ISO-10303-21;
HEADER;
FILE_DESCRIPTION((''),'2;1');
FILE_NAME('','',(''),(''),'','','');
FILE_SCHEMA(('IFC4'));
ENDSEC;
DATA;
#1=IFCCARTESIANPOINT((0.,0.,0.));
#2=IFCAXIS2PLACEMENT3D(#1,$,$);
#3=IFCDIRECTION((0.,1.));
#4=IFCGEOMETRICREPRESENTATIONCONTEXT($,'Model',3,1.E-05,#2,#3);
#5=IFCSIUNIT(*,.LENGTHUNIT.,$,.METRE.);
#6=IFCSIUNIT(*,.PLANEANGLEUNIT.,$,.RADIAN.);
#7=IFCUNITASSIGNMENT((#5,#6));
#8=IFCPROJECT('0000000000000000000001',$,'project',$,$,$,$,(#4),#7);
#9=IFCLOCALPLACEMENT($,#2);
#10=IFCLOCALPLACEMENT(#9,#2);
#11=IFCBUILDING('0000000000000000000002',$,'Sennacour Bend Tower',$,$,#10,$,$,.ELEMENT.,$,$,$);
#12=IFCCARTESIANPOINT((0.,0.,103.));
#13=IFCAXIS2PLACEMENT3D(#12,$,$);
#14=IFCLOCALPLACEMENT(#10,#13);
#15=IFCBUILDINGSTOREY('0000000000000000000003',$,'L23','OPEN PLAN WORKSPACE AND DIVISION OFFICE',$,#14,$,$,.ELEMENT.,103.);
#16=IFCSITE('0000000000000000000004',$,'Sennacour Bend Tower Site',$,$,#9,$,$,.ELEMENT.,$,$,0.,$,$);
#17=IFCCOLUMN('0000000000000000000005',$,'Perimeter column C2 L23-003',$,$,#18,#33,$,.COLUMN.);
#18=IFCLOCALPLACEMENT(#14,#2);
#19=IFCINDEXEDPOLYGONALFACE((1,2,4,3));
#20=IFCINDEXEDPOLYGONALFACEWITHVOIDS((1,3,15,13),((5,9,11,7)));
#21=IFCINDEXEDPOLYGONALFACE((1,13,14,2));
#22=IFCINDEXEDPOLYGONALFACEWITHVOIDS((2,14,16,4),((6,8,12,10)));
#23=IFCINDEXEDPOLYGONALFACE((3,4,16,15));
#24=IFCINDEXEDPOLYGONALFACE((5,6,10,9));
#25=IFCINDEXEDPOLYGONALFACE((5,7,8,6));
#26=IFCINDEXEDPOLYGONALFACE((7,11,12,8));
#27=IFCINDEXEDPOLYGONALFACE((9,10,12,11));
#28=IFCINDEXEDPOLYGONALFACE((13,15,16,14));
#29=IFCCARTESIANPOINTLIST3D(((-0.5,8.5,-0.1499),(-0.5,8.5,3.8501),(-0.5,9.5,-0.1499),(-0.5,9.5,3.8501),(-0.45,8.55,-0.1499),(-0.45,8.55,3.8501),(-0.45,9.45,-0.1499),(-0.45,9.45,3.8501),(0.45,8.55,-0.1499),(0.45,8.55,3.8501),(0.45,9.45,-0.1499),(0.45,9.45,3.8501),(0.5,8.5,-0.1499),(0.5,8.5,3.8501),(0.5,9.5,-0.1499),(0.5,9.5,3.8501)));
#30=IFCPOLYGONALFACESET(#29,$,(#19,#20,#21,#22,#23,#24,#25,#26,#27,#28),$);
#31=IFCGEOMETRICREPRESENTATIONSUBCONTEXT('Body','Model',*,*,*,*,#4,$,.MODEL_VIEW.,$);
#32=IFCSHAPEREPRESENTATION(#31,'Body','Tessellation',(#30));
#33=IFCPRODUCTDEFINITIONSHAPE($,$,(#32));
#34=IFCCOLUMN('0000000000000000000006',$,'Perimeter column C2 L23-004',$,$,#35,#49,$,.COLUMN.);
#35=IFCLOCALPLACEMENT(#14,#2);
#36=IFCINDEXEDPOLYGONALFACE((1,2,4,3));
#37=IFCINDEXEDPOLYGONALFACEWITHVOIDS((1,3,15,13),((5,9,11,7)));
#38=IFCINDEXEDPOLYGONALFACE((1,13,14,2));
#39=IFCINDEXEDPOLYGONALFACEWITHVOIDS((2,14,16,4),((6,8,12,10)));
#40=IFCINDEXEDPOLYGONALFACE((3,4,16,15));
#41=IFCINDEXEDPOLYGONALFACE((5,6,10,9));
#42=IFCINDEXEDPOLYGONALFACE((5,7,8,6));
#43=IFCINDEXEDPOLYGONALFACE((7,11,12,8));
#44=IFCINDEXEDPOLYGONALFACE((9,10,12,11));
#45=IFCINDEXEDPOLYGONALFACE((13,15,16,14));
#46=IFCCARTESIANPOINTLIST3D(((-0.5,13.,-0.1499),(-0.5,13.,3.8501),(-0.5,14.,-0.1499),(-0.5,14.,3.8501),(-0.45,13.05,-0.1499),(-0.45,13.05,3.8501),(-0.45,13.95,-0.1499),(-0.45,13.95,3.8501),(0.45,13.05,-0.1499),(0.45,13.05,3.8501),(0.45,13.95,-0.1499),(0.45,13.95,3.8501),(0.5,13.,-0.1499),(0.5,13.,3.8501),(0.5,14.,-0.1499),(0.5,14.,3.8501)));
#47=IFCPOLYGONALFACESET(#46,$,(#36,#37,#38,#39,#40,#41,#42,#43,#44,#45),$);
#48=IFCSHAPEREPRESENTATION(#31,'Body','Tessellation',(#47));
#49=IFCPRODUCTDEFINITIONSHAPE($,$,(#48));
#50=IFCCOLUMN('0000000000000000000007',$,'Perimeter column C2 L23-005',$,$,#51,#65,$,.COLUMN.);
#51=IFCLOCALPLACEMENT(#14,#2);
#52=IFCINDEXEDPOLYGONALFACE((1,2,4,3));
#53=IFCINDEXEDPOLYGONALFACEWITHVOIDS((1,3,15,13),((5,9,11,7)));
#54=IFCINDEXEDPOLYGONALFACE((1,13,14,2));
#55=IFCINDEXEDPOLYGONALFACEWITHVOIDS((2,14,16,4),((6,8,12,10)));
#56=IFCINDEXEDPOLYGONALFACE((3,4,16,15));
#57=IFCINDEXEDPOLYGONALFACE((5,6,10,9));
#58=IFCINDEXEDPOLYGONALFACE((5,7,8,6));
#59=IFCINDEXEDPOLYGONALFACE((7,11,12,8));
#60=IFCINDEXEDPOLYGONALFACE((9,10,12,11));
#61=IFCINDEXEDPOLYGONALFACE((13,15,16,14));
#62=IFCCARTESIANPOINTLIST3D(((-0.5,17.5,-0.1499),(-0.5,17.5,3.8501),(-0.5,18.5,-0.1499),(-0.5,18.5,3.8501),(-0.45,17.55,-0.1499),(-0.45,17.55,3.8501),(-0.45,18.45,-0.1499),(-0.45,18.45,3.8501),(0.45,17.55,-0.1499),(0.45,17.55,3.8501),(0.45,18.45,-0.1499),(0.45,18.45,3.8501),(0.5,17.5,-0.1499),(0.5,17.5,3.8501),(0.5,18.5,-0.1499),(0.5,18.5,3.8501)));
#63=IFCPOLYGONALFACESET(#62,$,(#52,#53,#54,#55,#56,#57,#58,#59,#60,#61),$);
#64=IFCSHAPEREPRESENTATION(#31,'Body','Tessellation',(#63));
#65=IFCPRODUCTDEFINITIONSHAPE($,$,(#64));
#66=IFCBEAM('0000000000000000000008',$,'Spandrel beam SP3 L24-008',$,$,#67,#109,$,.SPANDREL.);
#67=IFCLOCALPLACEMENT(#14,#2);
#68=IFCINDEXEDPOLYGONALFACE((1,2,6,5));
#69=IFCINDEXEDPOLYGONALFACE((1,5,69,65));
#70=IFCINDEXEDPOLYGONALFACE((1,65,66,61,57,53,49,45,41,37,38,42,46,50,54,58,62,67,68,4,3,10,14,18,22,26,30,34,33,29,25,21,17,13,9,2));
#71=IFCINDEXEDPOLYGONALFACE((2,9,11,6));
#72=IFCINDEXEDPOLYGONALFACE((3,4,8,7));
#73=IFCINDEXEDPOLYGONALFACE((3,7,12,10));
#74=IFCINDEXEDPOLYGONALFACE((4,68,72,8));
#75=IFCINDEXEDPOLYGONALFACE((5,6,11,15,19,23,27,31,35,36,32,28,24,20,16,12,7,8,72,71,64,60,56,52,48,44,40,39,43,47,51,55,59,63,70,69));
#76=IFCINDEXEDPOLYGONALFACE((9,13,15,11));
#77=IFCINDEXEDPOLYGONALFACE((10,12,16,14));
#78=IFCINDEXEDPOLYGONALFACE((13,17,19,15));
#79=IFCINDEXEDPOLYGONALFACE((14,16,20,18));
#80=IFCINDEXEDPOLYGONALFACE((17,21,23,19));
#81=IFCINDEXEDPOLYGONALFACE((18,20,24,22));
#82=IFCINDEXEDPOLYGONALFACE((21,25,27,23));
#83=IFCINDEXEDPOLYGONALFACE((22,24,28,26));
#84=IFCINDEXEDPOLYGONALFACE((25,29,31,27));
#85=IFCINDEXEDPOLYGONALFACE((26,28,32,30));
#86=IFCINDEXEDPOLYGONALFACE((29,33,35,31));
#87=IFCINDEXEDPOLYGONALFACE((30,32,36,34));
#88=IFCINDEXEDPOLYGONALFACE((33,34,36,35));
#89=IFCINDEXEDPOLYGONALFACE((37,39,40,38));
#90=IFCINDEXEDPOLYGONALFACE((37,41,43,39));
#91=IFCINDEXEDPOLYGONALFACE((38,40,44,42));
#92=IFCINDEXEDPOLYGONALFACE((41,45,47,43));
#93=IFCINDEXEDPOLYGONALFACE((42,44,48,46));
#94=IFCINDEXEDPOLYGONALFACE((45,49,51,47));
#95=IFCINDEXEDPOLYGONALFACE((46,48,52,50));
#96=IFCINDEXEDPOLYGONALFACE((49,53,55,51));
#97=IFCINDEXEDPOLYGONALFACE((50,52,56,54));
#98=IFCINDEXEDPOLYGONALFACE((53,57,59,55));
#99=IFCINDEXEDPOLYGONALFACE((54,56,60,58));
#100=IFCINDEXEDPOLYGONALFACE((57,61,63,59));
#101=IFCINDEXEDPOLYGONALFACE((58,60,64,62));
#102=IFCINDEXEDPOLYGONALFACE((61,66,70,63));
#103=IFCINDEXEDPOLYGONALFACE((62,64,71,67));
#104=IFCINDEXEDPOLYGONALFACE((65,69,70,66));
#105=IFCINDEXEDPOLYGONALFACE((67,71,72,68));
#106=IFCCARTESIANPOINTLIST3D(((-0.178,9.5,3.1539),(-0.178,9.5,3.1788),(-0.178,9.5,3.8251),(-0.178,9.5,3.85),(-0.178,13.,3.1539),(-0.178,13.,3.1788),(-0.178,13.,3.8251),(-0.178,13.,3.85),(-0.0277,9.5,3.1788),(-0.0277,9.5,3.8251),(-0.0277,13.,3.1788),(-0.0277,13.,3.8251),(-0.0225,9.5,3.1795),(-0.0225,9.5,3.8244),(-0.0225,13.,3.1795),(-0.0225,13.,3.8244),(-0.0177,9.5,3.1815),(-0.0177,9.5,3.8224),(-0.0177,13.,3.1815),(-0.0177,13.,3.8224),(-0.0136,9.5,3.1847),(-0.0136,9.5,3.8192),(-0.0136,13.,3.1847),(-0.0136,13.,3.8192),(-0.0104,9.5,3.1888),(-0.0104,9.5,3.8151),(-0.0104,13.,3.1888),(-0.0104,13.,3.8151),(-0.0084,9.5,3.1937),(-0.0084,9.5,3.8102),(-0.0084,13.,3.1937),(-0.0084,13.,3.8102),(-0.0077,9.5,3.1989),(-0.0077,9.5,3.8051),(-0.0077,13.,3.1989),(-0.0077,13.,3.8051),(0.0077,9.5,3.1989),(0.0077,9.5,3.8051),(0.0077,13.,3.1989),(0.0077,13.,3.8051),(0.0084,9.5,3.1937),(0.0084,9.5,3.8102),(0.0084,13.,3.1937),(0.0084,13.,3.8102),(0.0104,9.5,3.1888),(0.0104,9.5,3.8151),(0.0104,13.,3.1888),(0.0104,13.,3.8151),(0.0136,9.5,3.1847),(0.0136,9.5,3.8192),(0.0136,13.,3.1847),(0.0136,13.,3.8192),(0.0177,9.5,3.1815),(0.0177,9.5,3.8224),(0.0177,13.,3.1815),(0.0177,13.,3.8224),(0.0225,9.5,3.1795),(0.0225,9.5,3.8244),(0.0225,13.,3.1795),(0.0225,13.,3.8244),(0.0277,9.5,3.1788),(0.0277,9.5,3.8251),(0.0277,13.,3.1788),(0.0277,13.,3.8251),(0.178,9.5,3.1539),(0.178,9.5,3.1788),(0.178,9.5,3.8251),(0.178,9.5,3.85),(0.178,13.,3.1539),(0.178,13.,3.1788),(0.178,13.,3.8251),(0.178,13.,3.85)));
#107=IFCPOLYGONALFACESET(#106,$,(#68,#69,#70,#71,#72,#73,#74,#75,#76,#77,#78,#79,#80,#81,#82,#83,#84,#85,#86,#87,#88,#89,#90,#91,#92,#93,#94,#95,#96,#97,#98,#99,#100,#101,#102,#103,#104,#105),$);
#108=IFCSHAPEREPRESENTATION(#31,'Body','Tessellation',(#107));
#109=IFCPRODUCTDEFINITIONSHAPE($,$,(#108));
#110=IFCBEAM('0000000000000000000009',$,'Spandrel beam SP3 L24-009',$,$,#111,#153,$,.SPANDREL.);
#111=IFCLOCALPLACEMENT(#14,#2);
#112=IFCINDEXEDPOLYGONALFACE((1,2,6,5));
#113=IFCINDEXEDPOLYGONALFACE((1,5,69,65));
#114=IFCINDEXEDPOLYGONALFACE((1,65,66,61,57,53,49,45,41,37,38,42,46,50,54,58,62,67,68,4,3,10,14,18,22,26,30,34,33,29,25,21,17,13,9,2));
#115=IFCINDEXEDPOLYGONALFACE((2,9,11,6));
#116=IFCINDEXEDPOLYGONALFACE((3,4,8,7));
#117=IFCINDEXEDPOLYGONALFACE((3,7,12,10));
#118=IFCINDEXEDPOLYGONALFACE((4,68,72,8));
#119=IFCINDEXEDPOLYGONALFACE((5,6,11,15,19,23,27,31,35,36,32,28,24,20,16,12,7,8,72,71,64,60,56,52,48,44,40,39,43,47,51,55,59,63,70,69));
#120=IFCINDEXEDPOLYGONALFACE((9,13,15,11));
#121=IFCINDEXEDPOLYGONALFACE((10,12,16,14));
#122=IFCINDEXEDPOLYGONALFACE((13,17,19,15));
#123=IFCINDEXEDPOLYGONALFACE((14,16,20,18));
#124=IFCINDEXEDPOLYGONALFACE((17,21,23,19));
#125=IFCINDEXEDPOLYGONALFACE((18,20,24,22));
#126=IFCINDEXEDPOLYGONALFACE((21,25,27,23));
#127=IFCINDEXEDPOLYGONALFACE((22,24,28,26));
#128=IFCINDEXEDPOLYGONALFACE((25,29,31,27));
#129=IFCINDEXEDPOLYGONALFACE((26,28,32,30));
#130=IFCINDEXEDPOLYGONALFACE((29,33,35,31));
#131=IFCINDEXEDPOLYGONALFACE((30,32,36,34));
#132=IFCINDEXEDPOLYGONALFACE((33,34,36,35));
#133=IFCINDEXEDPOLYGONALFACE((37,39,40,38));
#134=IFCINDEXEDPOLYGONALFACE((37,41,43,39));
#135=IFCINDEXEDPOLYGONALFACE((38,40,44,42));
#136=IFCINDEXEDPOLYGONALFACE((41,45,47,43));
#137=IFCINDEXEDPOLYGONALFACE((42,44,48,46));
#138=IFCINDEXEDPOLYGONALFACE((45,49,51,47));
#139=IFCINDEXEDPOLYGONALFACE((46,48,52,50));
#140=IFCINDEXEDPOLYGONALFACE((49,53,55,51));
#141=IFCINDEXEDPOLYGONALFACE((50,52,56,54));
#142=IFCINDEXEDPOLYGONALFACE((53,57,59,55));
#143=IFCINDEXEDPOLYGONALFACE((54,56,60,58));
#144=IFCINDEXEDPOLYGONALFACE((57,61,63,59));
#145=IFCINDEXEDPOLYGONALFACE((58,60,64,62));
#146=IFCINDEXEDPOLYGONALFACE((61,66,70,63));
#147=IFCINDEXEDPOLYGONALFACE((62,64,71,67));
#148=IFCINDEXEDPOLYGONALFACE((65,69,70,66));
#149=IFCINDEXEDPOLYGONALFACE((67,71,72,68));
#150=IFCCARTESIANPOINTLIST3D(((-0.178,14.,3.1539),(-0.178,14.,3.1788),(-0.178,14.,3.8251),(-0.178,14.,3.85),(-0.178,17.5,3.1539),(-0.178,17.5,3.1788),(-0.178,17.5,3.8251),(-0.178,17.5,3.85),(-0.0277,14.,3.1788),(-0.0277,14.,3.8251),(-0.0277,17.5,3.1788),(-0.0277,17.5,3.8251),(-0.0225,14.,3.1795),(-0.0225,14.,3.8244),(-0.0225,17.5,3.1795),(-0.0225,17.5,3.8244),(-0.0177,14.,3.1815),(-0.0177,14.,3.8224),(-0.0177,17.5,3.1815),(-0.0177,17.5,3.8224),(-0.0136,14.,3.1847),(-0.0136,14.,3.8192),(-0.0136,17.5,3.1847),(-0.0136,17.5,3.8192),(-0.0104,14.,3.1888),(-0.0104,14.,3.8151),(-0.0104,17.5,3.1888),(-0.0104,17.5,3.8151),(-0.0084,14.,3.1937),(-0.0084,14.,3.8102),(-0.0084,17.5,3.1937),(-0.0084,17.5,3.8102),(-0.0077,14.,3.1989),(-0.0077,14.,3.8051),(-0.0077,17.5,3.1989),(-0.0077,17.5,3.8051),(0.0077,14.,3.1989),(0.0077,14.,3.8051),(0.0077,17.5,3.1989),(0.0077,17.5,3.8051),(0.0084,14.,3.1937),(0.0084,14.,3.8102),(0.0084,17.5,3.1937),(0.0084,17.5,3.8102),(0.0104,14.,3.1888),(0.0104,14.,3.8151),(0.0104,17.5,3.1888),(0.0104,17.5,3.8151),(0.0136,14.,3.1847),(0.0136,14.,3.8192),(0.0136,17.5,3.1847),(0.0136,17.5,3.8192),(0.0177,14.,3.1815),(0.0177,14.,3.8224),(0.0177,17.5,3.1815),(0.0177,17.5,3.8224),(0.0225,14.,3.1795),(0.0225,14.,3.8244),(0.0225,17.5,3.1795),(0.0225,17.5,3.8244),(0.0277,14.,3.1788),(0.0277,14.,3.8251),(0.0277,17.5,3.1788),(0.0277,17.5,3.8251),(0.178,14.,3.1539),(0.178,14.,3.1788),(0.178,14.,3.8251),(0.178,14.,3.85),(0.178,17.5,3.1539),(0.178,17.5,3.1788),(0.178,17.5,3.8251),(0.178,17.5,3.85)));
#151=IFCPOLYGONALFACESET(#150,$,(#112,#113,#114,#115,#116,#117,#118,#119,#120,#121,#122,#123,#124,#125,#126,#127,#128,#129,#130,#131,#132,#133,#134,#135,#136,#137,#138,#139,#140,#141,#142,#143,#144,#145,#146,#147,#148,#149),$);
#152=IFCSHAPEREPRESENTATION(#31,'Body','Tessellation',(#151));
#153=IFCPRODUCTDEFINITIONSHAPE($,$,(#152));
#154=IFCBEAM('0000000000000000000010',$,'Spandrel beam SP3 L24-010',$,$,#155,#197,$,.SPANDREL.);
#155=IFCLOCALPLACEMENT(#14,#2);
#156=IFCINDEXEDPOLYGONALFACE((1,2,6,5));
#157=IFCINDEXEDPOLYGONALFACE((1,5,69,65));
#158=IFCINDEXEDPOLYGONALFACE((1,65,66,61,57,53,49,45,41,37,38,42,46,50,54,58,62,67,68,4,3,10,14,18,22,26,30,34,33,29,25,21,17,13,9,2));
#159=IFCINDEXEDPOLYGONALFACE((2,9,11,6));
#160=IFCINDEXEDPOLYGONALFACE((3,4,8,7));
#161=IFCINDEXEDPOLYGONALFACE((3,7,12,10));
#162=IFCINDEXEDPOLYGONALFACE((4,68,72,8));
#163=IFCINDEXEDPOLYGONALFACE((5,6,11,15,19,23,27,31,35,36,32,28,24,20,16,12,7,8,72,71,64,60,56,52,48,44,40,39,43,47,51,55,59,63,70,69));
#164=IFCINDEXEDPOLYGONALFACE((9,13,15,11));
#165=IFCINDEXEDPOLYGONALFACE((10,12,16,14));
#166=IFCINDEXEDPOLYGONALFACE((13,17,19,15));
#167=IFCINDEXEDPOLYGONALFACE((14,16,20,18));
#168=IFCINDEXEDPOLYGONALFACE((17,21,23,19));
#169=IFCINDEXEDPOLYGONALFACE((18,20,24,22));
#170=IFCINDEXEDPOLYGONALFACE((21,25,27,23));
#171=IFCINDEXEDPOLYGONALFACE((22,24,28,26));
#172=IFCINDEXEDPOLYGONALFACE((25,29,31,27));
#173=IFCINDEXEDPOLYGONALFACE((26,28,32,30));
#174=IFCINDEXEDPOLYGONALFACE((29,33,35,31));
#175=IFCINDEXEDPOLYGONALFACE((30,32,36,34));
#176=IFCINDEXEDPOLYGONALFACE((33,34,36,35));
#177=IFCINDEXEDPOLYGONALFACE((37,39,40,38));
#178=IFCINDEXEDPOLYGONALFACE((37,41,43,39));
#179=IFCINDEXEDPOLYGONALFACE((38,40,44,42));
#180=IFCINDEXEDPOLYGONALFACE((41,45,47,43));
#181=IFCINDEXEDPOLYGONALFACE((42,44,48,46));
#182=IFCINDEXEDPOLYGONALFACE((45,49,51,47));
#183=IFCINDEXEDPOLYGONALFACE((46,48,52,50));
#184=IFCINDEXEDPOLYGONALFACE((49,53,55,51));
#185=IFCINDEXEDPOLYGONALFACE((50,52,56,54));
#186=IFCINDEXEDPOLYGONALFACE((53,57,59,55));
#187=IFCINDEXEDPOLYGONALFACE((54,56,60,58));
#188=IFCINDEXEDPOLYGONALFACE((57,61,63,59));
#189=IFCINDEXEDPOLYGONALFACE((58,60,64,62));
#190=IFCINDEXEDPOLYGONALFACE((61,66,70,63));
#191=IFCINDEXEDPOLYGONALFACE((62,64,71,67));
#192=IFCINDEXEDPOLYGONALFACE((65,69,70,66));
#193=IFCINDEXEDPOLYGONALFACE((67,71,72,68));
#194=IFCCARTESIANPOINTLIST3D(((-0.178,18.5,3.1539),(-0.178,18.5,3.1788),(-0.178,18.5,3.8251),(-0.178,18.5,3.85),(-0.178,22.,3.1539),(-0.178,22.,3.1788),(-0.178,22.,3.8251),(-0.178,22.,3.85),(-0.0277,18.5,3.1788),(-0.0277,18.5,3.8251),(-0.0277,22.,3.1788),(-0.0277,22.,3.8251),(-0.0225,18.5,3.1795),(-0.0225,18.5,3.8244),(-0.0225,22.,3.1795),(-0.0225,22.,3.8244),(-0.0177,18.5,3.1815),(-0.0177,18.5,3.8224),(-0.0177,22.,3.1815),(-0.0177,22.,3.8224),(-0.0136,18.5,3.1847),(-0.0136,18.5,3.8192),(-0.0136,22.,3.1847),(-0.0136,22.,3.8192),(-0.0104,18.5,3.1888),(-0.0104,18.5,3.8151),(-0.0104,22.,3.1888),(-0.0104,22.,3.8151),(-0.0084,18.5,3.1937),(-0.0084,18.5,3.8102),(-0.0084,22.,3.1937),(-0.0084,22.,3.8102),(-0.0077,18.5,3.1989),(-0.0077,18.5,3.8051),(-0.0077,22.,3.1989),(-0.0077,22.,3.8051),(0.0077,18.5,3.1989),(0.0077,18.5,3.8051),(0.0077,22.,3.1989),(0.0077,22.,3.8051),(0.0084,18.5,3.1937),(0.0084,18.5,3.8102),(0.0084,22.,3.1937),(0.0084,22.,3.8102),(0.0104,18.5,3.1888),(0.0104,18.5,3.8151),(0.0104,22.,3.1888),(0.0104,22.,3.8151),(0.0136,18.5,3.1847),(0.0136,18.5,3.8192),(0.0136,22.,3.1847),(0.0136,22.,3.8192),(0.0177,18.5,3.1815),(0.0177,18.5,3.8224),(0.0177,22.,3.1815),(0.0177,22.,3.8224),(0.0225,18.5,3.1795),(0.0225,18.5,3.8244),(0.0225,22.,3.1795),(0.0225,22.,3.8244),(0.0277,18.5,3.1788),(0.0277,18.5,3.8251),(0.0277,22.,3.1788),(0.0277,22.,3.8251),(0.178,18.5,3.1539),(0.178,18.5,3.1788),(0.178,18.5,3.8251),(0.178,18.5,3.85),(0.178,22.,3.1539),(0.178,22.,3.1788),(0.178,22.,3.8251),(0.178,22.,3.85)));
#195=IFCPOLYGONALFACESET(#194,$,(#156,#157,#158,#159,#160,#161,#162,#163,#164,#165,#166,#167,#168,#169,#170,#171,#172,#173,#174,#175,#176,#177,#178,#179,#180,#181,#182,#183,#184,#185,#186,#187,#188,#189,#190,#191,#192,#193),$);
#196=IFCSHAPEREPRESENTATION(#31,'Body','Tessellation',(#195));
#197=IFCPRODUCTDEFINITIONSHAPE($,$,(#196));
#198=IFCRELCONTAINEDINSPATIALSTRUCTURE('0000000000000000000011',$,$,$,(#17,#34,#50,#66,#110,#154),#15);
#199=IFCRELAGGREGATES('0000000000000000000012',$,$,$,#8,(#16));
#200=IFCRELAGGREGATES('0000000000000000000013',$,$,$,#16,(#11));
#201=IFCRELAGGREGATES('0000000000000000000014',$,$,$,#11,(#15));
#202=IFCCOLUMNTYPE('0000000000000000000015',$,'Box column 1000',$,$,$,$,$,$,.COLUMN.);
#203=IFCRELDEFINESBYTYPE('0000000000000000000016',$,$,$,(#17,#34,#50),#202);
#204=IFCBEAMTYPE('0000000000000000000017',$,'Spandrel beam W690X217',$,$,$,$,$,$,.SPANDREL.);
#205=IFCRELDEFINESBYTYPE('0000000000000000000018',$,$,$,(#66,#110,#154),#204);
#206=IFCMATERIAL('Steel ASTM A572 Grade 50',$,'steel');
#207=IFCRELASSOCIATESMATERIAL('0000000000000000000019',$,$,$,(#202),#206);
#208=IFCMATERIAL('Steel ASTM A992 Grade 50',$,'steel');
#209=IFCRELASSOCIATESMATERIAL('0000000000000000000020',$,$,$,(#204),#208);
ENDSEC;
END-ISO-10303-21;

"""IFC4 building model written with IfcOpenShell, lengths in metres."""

from ifc_helpers import new_model, si_unit, direction, frame, origin, origin_2d, place, context, subcontext, project, spatial, hollow_rectangle, i_section, extrude, material, material_profile, profile_set, type_object, element, save


model = new_model("IFC4")

# Units and contexts
model_context = context("Model", 3, precision=1e-05, world=origin(), true_north=direction((0.0, 1.0)))
body_context = subcontext(model_context, "Body", "Model", "MODEL_VIEW")
ifc_project = project(units=[si_unit("LENGTHUNIT", "METRE"), si_unit("PLANEANGLEUNIT", "RADIAN")], contexts=[model_context])

# Site, building, storey
site_placement = place(None, origin())
site = spatial("IfcSite", under=ifc_project, at=site_placement, Name="Sennacour Bend Tower Site", CompositionType="ELEMENT", RefElevation=0.0)
building_placement = place(site_placement, origin())
building = spatial("IfcBuilding", under=site, at=building_placement, Name="Sennacour Bend Tower", CompositionType="ELEMENT")
storey_placement = place(building_placement, frame((0.0, 0.0, 103.0)))
storey = spatial("IfcBuildingStorey", under=building, at=storey_placement, Name="L23", Description="OPEN PLAN WORKSPACE AND DIVISION OFFICE", CompositionType="ELEMENT", Elevation=103.0)

# Columns
ifc_material_1 = material(Name="Steel ASTM A572 Grade 50", Category="steel")
ifc_material_profile_1 = material_profile(ifc_material_1, hollow_rectangle(XDim=1.0, YDim=1.0, WallThickness=0.05, at=origin_2d()), Name="Steel ASTM A572 Grade 50", Category="steel")
ifc_profile_set_1 = profile_set([ifc_material_profile_1], Name="Steel ASTM A572 Grade 50")
column_type = type_object("IfcColumnType", Name="Box column 1000", PredefinedType="COLUMN", material=ifc_profile_set_1)
for number, where, z_axis, x_axis, name in (
    (1, (0.0, 9.0, -0.1499), (0.0, 0.0, 1.0), (1.0, 0.0, 0.0), "Perimeter column C2 L23-003"),
    (2, (0.0, 13.5, -0.1499), (0.0, 0.0, 1.0), (1.0, 0.0, 0.0), "Perimeter column C2 L23-004"),
    (3, (0.0, 18.0, -0.1499), (0.0, 0.0, 1.0), (1.0, 0.0, 0.0), "Perimeter column C2 L23-005"),
):
    element("IfcColumn", number, at=place(storey_placement, frame(where, z_axis=z_axis, x_axis=x_axis)), inside=storey, type_object=column_type, Name=name, PredefinedType="COLUMN", context=body_context, shape_type="SweptSolid", body=[
        extrude(hollow_rectangle(XDim=1.0, YDim=1.0, WallThickness=0.05, at=origin_2d()), origin(), (0.0, 0.0, 1.0), 4.0),
    ])

# Beams
ifc_material_2 = material(Name="Steel ASTM A992 Grade 50", Category="steel")
ifc_material_profile_2 = material_profile(ifc_material_2, i_section(OverallWidth=0.356, OverallDepth=0.696, WebThickness=0.0154, FlangeThickness=0.0249, FilletRadius=0.02, at=origin_2d()), Name="Steel ASTM A992 Grade 50", Category="steel")
ifc_profile_set_2 = profile_set([ifc_material_profile_2], Name="Steel ASTM A992 Grade 50")
beam_type = type_object("IfcBeamType", Name="Spandrel beam W690X217", PredefinedType="SPANDREL", material=ifc_profile_set_2)
for number, where, z_axis, x_axis, name in (
    (4, (0.0, 9.5, 3.502), (0.0, 1.0, 0.0), (-1.0, 0.0, 0.0), "Spandrel beam SP3 L24-008"),
    (5, (0.0, 14.0, 3.502), (0.0, 1.0, 0.0), (-1.0, 0.0, 0.0), "Spandrel beam SP3 L24-009"),
    (6, (0.0, 18.5, 3.502), (0.0, 1.0, 0.0), (-1.0, 0.0, 0.0), "Spandrel beam SP3 L24-010"),
):
    element("IfcBeam", number, at=place(storey_placement, frame(where, z_axis=z_axis, x_axis=x_axis)), inside=storey, type_object=beam_type, Name=name, PredefinedType="SPANDREL", context=body_context, shape_type="SweptSolid", body=[
        extrude(i_section(OverallWidth=0.356, OverallDepth=0.696, WebThickness=0.0154, FlangeThickness=0.0249, FilletRadius=0.02, at=origin_2d()), origin(), (0.0, 0.0, 1.0), 3.5),
    ])

save(model, "model.ifc")
